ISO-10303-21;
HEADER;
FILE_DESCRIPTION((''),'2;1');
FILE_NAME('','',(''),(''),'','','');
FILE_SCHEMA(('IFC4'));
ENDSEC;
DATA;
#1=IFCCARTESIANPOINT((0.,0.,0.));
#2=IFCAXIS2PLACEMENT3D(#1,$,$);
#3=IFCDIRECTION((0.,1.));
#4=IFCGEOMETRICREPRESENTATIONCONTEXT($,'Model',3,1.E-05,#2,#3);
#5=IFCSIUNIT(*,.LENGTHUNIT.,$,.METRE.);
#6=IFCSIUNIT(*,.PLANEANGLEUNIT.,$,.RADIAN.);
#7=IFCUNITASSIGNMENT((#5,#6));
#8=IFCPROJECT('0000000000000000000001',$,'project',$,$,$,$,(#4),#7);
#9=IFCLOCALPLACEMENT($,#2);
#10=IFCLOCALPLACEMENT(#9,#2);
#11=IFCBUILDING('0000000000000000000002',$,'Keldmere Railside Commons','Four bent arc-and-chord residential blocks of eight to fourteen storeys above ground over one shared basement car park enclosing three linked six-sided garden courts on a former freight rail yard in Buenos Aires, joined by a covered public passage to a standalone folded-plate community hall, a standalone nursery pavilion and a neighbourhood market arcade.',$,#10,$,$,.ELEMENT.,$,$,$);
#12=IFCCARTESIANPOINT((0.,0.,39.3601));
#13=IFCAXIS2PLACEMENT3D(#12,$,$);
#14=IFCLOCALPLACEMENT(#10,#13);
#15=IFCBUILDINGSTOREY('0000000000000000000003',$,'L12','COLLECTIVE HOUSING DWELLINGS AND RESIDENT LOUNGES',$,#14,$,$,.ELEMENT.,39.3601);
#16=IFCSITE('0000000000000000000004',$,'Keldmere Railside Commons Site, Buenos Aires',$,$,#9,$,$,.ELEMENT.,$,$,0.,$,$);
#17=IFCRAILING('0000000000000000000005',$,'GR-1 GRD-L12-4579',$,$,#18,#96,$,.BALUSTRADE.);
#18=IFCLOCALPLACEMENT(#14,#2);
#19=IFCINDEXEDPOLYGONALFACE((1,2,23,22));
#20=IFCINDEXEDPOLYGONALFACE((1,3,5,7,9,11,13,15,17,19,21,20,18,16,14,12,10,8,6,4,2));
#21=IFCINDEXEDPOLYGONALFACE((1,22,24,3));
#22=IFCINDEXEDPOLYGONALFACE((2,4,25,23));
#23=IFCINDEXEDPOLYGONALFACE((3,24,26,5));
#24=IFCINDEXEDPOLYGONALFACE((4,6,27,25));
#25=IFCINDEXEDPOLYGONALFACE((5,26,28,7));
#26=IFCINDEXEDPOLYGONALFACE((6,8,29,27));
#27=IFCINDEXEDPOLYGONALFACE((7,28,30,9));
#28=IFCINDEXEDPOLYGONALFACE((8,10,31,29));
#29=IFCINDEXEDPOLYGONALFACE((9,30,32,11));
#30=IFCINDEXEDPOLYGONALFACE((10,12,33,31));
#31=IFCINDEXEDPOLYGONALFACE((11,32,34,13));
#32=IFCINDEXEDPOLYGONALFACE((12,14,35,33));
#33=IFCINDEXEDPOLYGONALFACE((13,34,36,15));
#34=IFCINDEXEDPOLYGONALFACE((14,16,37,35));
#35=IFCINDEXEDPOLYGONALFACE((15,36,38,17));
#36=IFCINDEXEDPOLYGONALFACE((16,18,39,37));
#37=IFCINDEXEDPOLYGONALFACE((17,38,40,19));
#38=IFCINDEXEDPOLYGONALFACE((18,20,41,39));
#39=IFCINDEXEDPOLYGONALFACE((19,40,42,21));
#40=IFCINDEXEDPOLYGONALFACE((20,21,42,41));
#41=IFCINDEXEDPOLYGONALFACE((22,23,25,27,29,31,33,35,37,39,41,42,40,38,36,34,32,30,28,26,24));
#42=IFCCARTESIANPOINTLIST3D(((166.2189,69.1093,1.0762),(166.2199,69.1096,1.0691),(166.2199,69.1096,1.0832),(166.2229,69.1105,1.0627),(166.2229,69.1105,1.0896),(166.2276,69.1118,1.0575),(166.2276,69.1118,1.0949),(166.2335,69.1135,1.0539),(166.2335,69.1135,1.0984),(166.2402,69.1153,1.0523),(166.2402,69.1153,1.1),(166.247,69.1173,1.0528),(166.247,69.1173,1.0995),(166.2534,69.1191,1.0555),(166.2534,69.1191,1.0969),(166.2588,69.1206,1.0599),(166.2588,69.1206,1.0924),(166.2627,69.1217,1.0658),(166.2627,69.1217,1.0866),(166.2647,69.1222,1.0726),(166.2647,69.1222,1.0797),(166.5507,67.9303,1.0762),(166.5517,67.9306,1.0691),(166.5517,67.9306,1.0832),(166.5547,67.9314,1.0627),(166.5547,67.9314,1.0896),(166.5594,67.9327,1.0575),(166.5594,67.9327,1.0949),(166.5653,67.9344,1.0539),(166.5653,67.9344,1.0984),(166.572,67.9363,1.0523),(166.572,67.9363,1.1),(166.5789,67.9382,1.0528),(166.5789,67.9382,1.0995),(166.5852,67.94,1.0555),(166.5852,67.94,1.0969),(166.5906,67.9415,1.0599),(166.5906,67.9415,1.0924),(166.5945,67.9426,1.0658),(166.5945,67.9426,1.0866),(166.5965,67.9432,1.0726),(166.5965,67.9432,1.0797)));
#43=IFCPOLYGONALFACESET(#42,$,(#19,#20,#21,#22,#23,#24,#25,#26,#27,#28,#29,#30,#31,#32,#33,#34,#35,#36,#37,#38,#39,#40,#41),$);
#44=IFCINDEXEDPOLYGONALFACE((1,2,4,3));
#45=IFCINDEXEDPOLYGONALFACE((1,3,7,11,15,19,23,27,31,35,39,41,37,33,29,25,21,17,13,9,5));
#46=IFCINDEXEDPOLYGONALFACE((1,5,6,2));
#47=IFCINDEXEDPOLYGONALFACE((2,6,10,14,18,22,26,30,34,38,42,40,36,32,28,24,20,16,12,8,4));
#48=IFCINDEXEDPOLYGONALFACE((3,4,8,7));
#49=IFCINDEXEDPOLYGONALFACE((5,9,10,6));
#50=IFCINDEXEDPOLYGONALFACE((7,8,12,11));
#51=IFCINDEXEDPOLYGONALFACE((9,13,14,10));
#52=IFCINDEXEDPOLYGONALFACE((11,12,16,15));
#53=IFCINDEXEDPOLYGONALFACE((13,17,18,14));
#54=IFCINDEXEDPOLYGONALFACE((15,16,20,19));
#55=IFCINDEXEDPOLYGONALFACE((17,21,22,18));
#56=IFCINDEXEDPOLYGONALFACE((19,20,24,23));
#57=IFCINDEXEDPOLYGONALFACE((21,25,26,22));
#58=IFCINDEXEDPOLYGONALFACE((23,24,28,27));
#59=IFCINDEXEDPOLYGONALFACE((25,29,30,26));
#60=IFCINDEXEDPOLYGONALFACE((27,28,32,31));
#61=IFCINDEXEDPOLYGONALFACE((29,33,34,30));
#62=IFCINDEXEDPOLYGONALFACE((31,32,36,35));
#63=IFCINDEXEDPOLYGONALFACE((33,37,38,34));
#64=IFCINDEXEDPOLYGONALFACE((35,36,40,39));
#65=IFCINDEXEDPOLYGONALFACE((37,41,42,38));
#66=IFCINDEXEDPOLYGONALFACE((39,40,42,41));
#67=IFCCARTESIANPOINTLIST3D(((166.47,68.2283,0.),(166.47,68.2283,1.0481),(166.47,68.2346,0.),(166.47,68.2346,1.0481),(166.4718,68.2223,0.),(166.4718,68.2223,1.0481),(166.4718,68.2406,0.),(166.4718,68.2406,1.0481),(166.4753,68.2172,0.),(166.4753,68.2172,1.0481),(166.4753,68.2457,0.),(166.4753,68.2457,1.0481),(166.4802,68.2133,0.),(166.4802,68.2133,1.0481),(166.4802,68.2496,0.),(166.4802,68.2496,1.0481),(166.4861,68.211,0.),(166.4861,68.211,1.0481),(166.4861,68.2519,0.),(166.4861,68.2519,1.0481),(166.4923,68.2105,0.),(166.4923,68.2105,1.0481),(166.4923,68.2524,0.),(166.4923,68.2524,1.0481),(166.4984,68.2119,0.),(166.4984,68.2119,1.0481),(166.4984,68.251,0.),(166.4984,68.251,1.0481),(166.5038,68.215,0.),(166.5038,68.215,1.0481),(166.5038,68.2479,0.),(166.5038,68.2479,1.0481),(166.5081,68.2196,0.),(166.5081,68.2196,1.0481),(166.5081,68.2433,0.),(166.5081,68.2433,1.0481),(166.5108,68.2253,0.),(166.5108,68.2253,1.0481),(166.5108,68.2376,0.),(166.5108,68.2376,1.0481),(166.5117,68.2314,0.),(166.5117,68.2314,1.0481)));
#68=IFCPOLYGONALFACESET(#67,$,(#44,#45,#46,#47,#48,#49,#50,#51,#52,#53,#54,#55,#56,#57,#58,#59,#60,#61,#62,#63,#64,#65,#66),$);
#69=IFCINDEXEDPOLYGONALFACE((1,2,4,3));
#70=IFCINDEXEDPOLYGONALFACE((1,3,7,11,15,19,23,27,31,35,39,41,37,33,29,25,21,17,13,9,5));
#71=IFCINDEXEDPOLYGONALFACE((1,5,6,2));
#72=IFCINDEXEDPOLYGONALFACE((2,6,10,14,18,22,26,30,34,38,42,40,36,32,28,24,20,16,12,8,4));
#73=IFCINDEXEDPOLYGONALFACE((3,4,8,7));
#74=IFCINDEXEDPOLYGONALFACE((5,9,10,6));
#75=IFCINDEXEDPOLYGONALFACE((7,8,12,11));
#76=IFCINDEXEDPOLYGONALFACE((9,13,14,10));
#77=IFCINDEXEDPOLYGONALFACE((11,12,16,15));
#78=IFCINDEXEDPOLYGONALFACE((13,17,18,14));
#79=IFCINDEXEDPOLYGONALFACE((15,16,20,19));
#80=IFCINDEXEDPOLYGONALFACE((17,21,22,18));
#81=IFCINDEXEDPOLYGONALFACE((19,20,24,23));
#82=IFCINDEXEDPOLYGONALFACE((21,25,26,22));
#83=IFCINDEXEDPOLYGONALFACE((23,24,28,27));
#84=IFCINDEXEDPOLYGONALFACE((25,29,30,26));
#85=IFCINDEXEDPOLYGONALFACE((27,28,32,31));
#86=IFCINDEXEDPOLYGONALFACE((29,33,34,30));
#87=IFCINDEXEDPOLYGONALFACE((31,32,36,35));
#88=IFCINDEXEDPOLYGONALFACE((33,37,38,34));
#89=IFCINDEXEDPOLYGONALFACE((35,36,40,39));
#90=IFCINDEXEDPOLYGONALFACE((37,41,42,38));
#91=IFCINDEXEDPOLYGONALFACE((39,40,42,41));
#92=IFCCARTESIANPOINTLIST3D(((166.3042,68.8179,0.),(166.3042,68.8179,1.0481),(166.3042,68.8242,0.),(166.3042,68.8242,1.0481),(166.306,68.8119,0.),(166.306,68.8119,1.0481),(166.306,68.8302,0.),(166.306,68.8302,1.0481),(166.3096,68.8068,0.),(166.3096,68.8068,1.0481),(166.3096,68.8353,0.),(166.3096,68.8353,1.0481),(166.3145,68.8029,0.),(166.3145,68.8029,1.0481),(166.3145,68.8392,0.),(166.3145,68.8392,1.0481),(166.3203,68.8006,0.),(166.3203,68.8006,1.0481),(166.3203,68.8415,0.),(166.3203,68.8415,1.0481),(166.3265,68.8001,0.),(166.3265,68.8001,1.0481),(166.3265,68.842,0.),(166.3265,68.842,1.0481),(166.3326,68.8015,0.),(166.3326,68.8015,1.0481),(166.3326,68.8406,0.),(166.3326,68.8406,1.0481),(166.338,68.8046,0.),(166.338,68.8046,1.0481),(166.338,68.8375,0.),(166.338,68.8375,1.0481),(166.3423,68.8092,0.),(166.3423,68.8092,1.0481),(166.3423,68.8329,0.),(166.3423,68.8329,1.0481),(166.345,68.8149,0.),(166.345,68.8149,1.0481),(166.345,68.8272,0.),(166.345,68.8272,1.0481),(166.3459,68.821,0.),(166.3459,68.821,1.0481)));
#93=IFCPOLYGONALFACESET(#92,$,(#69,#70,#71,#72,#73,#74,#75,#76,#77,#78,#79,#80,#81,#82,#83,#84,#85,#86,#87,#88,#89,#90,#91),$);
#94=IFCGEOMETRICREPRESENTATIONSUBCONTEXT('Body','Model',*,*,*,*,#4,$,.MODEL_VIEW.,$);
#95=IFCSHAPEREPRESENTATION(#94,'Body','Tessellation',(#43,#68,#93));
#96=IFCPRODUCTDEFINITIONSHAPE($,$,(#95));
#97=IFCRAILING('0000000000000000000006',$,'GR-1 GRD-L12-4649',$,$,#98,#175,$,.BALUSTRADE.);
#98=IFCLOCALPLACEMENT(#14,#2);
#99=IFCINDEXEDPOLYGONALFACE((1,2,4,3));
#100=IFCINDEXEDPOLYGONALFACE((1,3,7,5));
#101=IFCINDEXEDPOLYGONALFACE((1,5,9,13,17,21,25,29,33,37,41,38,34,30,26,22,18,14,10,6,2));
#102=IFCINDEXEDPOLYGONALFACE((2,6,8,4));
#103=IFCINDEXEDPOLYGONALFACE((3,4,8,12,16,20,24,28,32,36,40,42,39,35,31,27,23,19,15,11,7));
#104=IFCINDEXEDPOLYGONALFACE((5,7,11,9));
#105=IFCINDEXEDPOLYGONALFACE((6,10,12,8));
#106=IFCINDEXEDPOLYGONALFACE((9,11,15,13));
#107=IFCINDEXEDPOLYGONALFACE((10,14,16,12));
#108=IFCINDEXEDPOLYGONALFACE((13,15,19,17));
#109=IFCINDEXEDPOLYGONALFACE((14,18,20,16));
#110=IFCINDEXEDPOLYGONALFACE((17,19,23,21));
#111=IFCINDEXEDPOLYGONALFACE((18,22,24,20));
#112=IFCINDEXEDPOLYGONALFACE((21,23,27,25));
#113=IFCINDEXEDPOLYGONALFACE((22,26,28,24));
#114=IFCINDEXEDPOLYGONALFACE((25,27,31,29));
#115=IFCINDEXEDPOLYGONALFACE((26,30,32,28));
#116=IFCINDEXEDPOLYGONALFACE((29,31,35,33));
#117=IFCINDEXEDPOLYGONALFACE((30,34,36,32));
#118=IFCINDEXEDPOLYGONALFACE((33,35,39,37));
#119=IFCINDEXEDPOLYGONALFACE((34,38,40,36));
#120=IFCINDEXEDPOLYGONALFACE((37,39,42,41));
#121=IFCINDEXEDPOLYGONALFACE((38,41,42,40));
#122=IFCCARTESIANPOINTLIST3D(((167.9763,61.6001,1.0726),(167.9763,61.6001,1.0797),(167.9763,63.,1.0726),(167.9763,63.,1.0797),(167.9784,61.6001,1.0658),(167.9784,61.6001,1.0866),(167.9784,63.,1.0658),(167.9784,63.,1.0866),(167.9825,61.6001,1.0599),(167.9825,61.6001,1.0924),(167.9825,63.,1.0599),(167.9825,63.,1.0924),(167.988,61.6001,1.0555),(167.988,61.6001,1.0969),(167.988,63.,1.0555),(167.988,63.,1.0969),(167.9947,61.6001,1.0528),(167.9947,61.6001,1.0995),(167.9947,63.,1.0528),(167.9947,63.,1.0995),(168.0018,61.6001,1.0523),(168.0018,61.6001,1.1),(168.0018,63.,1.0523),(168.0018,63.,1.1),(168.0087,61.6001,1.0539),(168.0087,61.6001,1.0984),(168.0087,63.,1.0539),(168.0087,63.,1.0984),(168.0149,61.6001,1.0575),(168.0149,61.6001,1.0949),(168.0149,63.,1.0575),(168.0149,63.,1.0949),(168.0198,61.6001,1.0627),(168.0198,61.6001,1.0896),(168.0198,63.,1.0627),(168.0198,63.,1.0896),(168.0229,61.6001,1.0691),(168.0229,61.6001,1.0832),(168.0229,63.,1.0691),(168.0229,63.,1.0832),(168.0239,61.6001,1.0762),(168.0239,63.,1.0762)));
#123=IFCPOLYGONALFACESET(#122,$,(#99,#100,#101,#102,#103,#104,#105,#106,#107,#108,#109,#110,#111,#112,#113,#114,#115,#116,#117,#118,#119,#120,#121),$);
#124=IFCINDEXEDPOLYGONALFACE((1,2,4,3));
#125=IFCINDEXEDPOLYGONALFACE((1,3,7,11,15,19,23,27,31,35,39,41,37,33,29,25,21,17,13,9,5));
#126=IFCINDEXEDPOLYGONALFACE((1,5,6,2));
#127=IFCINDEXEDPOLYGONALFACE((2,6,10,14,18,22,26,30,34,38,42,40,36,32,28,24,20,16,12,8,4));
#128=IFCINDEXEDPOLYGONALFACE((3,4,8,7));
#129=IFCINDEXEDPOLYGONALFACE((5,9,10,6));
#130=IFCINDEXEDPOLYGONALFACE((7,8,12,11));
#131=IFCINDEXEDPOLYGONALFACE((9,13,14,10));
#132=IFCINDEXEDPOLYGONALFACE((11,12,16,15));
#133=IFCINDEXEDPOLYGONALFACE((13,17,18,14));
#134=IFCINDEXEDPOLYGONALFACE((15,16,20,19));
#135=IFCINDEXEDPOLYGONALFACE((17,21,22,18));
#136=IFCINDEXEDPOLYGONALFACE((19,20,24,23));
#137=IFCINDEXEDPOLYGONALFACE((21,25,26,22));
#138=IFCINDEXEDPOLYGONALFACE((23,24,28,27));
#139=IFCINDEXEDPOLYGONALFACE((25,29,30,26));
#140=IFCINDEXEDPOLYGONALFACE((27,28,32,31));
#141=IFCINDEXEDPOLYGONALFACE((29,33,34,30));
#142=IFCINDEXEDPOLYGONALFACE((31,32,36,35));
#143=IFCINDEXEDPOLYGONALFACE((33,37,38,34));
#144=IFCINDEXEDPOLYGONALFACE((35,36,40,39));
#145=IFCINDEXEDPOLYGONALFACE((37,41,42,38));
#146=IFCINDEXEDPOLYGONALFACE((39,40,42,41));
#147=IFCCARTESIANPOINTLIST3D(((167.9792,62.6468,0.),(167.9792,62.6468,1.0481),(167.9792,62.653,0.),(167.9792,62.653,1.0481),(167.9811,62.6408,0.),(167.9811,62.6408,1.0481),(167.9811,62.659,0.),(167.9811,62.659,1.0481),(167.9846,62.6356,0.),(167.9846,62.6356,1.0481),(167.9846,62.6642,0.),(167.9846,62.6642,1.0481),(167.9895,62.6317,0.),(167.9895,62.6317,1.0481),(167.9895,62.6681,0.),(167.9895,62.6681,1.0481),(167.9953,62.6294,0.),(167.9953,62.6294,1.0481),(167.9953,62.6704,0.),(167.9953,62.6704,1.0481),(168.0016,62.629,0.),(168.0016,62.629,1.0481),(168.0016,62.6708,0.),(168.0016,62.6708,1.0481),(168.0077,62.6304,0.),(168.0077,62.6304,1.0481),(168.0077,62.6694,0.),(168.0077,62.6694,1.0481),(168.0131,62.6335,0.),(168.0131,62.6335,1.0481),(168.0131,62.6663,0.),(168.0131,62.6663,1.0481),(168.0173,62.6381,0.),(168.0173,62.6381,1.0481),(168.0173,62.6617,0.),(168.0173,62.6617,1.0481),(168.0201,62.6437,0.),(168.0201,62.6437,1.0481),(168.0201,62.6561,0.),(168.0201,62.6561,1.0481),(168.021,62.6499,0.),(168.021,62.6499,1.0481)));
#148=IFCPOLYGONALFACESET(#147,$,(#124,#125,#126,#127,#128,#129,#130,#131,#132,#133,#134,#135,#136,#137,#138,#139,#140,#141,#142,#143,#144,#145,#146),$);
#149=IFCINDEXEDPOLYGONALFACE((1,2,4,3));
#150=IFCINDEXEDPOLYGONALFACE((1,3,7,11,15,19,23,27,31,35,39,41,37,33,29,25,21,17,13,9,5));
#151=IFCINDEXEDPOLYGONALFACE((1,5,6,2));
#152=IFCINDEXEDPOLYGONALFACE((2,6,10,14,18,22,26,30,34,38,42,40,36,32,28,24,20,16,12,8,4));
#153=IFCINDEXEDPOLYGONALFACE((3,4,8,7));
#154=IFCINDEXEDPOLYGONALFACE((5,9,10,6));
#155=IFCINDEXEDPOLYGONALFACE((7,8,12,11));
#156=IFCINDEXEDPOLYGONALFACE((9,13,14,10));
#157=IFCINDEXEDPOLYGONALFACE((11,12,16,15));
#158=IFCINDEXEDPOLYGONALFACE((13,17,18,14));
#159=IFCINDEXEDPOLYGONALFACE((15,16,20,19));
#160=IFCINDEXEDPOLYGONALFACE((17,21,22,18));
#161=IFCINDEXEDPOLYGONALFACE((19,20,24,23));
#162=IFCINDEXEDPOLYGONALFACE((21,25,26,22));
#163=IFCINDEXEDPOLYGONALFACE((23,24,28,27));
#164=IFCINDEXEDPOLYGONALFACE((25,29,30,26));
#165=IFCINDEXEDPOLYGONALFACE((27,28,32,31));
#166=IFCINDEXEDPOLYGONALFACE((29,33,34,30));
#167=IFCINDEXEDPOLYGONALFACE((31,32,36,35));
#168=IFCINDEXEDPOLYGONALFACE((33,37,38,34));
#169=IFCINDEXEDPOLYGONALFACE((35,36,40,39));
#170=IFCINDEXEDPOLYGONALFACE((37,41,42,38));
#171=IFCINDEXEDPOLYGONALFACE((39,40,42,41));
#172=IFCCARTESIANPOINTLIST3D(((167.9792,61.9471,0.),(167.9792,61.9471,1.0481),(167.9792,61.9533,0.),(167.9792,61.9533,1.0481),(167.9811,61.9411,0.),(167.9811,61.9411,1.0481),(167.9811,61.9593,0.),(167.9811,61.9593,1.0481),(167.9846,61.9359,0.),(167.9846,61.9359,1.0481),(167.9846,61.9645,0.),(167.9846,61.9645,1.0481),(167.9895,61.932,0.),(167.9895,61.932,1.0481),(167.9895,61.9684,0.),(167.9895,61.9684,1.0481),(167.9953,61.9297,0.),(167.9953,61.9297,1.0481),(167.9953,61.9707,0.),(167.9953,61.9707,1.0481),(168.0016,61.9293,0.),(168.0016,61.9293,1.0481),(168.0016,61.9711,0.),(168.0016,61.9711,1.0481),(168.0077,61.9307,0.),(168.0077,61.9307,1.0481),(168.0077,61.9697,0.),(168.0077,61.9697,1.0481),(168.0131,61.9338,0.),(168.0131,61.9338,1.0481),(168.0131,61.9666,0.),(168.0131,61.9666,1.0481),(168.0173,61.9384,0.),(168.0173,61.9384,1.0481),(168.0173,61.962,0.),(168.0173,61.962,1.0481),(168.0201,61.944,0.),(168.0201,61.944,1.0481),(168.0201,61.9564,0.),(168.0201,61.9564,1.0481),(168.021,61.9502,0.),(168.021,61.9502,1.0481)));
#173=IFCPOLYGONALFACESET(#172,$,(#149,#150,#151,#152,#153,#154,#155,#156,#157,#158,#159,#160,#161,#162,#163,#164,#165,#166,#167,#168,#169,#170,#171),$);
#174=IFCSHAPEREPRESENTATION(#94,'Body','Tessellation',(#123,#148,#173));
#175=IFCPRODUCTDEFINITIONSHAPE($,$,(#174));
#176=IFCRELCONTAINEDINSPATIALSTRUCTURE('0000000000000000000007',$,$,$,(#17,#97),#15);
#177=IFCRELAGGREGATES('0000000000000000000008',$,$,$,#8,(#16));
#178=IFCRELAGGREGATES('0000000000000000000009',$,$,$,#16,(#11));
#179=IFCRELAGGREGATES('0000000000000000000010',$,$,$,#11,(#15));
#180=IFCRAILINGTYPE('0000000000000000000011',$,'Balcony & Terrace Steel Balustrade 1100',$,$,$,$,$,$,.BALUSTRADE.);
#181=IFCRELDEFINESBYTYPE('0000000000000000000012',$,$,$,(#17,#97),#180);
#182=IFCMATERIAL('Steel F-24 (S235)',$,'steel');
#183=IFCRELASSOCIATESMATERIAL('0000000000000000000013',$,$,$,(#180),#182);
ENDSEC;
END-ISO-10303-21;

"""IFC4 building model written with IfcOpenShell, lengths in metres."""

from ifc_helpers import new_model, si_unit, direction, frame, origin, origin_2d, place, context, subcontext, project, spatial, circle, extrude, material, type_object, element, save


model = new_model("IFC4")

# Units and contexts
model_context = context("Model", 3, precision=1e-05, world=origin(), true_north=direction((0.0, 1.0)))
body_context = subcontext(model_context, "Body", "Model", "MODEL_VIEW")
ifc_project = project(units=[si_unit("LENGTHUNIT", "METRE"), si_unit("PLANEANGLEUNIT", "RADIAN")], contexts=[model_context])

# Site, building, storey
site_placement = place(None, origin())
site = spatial("IfcSite", under=ifc_project, at=site_placement, Name="Keldmere Railside Commons Site, Buenos Aires", CompositionType="ELEMENT", RefElevation=0.0)
building_placement = place(site_placement, origin())
building = spatial("IfcBuilding", under=site, at=building_placement, Name="Keldmere Railside Commons", Description="Four bent arc-and-chord residential blocks of eight to fourteen storeys above ground over one shared basement car park enclosing three linked six-sided garden courts on a former freight rail yard in Buenos Aires, joined by a covered public passage to a standalone folded-plate community hall, a standalone nursery pavilion and a neighbourhood market arcade.", CompositionType="ELEMENT")
storey_placement = place(building_placement, frame((0.0, 0.0, 39.3601)))
storey = spatial("IfcBuildingStorey", under=building, at=storey_placement, Name="L12", Description="COLLECTIVE HOUSING DWELLINGS AND RESIDENT LOUNGES", CompositionType="ELEMENT", Elevation=39.3601)

# Railings
ifc_material_1 = material(Name="Steel F-24 (S235)", Category="steel")
railing_type = type_object("IfcRailingType", Name="Balcony & Terrace Steel Balustrade 1100", PredefinedType="BALUSTRADE", material=ifc_material_1)
railing_1_placement = place(storey_placement, frame((166.5737, 67.9368, 0.0)))
element("IfcRailing", 1, at=railing_1_placement, inside=storey, type_object=railing_type, Name="GR-1 GRD-L12-4579", PredefinedType="BALUSTRADE", context=body_context, shape_type="SweptSolid", body=[
    extrude(circle(Radius=0.0239, at=origin_2d()), frame((0.0, 0.0, 1.0762), z_axis=(-0.270901, 0.962607, 0.0), x_axis=(-0.962607, -0.270901, 0.0)), (0.0, 0.0, 1.0), 1.2249),
    extrude(circle(Radius=0.021, at=origin_2d()), frame((-0.083, 0.2947, 0.0)), (0.0, 0.0, 1.0), 1.0481),
    extrude(circle(Radius=0.021, at=origin_2d()), frame((-0.2488, 0.8843, 0.0)), (0.0, 0.0, 1.0), 1.0481),
])
railing_2_placement = place(storey_placement, frame((168.0, 63.0, 0.0)))
element("IfcRailing", 2, at=railing_2_placement, inside=storey, type_object=railing_type, Name="GR-1 GRD-L12-4649", PredefinedType="BALUSTRADE", context=body_context, shape_type="SweptSolid", body=[
    extrude(circle(Radius=0.0239, at=origin_2d()), frame((0.0, 0.0, 1.0762), z_axis=(0.0, -1.0, 0.0), x_axis=(1.0, 0.0, 0.0)), (0.0, 0.0, 1.0), 1.3999),
    extrude(circle(Radius=0.021, at=origin_2d()), frame((0.0, -0.3501, 0.0)), (0.0, 0.0, 1.0), 1.0481),
    extrude(circle(Radius=0.021, at=origin_2d()), frame((0.0, -1.0498, 0.0)), (0.0, 0.0, 1.0), 1.0481),
])

save(model, "model.ifc")
